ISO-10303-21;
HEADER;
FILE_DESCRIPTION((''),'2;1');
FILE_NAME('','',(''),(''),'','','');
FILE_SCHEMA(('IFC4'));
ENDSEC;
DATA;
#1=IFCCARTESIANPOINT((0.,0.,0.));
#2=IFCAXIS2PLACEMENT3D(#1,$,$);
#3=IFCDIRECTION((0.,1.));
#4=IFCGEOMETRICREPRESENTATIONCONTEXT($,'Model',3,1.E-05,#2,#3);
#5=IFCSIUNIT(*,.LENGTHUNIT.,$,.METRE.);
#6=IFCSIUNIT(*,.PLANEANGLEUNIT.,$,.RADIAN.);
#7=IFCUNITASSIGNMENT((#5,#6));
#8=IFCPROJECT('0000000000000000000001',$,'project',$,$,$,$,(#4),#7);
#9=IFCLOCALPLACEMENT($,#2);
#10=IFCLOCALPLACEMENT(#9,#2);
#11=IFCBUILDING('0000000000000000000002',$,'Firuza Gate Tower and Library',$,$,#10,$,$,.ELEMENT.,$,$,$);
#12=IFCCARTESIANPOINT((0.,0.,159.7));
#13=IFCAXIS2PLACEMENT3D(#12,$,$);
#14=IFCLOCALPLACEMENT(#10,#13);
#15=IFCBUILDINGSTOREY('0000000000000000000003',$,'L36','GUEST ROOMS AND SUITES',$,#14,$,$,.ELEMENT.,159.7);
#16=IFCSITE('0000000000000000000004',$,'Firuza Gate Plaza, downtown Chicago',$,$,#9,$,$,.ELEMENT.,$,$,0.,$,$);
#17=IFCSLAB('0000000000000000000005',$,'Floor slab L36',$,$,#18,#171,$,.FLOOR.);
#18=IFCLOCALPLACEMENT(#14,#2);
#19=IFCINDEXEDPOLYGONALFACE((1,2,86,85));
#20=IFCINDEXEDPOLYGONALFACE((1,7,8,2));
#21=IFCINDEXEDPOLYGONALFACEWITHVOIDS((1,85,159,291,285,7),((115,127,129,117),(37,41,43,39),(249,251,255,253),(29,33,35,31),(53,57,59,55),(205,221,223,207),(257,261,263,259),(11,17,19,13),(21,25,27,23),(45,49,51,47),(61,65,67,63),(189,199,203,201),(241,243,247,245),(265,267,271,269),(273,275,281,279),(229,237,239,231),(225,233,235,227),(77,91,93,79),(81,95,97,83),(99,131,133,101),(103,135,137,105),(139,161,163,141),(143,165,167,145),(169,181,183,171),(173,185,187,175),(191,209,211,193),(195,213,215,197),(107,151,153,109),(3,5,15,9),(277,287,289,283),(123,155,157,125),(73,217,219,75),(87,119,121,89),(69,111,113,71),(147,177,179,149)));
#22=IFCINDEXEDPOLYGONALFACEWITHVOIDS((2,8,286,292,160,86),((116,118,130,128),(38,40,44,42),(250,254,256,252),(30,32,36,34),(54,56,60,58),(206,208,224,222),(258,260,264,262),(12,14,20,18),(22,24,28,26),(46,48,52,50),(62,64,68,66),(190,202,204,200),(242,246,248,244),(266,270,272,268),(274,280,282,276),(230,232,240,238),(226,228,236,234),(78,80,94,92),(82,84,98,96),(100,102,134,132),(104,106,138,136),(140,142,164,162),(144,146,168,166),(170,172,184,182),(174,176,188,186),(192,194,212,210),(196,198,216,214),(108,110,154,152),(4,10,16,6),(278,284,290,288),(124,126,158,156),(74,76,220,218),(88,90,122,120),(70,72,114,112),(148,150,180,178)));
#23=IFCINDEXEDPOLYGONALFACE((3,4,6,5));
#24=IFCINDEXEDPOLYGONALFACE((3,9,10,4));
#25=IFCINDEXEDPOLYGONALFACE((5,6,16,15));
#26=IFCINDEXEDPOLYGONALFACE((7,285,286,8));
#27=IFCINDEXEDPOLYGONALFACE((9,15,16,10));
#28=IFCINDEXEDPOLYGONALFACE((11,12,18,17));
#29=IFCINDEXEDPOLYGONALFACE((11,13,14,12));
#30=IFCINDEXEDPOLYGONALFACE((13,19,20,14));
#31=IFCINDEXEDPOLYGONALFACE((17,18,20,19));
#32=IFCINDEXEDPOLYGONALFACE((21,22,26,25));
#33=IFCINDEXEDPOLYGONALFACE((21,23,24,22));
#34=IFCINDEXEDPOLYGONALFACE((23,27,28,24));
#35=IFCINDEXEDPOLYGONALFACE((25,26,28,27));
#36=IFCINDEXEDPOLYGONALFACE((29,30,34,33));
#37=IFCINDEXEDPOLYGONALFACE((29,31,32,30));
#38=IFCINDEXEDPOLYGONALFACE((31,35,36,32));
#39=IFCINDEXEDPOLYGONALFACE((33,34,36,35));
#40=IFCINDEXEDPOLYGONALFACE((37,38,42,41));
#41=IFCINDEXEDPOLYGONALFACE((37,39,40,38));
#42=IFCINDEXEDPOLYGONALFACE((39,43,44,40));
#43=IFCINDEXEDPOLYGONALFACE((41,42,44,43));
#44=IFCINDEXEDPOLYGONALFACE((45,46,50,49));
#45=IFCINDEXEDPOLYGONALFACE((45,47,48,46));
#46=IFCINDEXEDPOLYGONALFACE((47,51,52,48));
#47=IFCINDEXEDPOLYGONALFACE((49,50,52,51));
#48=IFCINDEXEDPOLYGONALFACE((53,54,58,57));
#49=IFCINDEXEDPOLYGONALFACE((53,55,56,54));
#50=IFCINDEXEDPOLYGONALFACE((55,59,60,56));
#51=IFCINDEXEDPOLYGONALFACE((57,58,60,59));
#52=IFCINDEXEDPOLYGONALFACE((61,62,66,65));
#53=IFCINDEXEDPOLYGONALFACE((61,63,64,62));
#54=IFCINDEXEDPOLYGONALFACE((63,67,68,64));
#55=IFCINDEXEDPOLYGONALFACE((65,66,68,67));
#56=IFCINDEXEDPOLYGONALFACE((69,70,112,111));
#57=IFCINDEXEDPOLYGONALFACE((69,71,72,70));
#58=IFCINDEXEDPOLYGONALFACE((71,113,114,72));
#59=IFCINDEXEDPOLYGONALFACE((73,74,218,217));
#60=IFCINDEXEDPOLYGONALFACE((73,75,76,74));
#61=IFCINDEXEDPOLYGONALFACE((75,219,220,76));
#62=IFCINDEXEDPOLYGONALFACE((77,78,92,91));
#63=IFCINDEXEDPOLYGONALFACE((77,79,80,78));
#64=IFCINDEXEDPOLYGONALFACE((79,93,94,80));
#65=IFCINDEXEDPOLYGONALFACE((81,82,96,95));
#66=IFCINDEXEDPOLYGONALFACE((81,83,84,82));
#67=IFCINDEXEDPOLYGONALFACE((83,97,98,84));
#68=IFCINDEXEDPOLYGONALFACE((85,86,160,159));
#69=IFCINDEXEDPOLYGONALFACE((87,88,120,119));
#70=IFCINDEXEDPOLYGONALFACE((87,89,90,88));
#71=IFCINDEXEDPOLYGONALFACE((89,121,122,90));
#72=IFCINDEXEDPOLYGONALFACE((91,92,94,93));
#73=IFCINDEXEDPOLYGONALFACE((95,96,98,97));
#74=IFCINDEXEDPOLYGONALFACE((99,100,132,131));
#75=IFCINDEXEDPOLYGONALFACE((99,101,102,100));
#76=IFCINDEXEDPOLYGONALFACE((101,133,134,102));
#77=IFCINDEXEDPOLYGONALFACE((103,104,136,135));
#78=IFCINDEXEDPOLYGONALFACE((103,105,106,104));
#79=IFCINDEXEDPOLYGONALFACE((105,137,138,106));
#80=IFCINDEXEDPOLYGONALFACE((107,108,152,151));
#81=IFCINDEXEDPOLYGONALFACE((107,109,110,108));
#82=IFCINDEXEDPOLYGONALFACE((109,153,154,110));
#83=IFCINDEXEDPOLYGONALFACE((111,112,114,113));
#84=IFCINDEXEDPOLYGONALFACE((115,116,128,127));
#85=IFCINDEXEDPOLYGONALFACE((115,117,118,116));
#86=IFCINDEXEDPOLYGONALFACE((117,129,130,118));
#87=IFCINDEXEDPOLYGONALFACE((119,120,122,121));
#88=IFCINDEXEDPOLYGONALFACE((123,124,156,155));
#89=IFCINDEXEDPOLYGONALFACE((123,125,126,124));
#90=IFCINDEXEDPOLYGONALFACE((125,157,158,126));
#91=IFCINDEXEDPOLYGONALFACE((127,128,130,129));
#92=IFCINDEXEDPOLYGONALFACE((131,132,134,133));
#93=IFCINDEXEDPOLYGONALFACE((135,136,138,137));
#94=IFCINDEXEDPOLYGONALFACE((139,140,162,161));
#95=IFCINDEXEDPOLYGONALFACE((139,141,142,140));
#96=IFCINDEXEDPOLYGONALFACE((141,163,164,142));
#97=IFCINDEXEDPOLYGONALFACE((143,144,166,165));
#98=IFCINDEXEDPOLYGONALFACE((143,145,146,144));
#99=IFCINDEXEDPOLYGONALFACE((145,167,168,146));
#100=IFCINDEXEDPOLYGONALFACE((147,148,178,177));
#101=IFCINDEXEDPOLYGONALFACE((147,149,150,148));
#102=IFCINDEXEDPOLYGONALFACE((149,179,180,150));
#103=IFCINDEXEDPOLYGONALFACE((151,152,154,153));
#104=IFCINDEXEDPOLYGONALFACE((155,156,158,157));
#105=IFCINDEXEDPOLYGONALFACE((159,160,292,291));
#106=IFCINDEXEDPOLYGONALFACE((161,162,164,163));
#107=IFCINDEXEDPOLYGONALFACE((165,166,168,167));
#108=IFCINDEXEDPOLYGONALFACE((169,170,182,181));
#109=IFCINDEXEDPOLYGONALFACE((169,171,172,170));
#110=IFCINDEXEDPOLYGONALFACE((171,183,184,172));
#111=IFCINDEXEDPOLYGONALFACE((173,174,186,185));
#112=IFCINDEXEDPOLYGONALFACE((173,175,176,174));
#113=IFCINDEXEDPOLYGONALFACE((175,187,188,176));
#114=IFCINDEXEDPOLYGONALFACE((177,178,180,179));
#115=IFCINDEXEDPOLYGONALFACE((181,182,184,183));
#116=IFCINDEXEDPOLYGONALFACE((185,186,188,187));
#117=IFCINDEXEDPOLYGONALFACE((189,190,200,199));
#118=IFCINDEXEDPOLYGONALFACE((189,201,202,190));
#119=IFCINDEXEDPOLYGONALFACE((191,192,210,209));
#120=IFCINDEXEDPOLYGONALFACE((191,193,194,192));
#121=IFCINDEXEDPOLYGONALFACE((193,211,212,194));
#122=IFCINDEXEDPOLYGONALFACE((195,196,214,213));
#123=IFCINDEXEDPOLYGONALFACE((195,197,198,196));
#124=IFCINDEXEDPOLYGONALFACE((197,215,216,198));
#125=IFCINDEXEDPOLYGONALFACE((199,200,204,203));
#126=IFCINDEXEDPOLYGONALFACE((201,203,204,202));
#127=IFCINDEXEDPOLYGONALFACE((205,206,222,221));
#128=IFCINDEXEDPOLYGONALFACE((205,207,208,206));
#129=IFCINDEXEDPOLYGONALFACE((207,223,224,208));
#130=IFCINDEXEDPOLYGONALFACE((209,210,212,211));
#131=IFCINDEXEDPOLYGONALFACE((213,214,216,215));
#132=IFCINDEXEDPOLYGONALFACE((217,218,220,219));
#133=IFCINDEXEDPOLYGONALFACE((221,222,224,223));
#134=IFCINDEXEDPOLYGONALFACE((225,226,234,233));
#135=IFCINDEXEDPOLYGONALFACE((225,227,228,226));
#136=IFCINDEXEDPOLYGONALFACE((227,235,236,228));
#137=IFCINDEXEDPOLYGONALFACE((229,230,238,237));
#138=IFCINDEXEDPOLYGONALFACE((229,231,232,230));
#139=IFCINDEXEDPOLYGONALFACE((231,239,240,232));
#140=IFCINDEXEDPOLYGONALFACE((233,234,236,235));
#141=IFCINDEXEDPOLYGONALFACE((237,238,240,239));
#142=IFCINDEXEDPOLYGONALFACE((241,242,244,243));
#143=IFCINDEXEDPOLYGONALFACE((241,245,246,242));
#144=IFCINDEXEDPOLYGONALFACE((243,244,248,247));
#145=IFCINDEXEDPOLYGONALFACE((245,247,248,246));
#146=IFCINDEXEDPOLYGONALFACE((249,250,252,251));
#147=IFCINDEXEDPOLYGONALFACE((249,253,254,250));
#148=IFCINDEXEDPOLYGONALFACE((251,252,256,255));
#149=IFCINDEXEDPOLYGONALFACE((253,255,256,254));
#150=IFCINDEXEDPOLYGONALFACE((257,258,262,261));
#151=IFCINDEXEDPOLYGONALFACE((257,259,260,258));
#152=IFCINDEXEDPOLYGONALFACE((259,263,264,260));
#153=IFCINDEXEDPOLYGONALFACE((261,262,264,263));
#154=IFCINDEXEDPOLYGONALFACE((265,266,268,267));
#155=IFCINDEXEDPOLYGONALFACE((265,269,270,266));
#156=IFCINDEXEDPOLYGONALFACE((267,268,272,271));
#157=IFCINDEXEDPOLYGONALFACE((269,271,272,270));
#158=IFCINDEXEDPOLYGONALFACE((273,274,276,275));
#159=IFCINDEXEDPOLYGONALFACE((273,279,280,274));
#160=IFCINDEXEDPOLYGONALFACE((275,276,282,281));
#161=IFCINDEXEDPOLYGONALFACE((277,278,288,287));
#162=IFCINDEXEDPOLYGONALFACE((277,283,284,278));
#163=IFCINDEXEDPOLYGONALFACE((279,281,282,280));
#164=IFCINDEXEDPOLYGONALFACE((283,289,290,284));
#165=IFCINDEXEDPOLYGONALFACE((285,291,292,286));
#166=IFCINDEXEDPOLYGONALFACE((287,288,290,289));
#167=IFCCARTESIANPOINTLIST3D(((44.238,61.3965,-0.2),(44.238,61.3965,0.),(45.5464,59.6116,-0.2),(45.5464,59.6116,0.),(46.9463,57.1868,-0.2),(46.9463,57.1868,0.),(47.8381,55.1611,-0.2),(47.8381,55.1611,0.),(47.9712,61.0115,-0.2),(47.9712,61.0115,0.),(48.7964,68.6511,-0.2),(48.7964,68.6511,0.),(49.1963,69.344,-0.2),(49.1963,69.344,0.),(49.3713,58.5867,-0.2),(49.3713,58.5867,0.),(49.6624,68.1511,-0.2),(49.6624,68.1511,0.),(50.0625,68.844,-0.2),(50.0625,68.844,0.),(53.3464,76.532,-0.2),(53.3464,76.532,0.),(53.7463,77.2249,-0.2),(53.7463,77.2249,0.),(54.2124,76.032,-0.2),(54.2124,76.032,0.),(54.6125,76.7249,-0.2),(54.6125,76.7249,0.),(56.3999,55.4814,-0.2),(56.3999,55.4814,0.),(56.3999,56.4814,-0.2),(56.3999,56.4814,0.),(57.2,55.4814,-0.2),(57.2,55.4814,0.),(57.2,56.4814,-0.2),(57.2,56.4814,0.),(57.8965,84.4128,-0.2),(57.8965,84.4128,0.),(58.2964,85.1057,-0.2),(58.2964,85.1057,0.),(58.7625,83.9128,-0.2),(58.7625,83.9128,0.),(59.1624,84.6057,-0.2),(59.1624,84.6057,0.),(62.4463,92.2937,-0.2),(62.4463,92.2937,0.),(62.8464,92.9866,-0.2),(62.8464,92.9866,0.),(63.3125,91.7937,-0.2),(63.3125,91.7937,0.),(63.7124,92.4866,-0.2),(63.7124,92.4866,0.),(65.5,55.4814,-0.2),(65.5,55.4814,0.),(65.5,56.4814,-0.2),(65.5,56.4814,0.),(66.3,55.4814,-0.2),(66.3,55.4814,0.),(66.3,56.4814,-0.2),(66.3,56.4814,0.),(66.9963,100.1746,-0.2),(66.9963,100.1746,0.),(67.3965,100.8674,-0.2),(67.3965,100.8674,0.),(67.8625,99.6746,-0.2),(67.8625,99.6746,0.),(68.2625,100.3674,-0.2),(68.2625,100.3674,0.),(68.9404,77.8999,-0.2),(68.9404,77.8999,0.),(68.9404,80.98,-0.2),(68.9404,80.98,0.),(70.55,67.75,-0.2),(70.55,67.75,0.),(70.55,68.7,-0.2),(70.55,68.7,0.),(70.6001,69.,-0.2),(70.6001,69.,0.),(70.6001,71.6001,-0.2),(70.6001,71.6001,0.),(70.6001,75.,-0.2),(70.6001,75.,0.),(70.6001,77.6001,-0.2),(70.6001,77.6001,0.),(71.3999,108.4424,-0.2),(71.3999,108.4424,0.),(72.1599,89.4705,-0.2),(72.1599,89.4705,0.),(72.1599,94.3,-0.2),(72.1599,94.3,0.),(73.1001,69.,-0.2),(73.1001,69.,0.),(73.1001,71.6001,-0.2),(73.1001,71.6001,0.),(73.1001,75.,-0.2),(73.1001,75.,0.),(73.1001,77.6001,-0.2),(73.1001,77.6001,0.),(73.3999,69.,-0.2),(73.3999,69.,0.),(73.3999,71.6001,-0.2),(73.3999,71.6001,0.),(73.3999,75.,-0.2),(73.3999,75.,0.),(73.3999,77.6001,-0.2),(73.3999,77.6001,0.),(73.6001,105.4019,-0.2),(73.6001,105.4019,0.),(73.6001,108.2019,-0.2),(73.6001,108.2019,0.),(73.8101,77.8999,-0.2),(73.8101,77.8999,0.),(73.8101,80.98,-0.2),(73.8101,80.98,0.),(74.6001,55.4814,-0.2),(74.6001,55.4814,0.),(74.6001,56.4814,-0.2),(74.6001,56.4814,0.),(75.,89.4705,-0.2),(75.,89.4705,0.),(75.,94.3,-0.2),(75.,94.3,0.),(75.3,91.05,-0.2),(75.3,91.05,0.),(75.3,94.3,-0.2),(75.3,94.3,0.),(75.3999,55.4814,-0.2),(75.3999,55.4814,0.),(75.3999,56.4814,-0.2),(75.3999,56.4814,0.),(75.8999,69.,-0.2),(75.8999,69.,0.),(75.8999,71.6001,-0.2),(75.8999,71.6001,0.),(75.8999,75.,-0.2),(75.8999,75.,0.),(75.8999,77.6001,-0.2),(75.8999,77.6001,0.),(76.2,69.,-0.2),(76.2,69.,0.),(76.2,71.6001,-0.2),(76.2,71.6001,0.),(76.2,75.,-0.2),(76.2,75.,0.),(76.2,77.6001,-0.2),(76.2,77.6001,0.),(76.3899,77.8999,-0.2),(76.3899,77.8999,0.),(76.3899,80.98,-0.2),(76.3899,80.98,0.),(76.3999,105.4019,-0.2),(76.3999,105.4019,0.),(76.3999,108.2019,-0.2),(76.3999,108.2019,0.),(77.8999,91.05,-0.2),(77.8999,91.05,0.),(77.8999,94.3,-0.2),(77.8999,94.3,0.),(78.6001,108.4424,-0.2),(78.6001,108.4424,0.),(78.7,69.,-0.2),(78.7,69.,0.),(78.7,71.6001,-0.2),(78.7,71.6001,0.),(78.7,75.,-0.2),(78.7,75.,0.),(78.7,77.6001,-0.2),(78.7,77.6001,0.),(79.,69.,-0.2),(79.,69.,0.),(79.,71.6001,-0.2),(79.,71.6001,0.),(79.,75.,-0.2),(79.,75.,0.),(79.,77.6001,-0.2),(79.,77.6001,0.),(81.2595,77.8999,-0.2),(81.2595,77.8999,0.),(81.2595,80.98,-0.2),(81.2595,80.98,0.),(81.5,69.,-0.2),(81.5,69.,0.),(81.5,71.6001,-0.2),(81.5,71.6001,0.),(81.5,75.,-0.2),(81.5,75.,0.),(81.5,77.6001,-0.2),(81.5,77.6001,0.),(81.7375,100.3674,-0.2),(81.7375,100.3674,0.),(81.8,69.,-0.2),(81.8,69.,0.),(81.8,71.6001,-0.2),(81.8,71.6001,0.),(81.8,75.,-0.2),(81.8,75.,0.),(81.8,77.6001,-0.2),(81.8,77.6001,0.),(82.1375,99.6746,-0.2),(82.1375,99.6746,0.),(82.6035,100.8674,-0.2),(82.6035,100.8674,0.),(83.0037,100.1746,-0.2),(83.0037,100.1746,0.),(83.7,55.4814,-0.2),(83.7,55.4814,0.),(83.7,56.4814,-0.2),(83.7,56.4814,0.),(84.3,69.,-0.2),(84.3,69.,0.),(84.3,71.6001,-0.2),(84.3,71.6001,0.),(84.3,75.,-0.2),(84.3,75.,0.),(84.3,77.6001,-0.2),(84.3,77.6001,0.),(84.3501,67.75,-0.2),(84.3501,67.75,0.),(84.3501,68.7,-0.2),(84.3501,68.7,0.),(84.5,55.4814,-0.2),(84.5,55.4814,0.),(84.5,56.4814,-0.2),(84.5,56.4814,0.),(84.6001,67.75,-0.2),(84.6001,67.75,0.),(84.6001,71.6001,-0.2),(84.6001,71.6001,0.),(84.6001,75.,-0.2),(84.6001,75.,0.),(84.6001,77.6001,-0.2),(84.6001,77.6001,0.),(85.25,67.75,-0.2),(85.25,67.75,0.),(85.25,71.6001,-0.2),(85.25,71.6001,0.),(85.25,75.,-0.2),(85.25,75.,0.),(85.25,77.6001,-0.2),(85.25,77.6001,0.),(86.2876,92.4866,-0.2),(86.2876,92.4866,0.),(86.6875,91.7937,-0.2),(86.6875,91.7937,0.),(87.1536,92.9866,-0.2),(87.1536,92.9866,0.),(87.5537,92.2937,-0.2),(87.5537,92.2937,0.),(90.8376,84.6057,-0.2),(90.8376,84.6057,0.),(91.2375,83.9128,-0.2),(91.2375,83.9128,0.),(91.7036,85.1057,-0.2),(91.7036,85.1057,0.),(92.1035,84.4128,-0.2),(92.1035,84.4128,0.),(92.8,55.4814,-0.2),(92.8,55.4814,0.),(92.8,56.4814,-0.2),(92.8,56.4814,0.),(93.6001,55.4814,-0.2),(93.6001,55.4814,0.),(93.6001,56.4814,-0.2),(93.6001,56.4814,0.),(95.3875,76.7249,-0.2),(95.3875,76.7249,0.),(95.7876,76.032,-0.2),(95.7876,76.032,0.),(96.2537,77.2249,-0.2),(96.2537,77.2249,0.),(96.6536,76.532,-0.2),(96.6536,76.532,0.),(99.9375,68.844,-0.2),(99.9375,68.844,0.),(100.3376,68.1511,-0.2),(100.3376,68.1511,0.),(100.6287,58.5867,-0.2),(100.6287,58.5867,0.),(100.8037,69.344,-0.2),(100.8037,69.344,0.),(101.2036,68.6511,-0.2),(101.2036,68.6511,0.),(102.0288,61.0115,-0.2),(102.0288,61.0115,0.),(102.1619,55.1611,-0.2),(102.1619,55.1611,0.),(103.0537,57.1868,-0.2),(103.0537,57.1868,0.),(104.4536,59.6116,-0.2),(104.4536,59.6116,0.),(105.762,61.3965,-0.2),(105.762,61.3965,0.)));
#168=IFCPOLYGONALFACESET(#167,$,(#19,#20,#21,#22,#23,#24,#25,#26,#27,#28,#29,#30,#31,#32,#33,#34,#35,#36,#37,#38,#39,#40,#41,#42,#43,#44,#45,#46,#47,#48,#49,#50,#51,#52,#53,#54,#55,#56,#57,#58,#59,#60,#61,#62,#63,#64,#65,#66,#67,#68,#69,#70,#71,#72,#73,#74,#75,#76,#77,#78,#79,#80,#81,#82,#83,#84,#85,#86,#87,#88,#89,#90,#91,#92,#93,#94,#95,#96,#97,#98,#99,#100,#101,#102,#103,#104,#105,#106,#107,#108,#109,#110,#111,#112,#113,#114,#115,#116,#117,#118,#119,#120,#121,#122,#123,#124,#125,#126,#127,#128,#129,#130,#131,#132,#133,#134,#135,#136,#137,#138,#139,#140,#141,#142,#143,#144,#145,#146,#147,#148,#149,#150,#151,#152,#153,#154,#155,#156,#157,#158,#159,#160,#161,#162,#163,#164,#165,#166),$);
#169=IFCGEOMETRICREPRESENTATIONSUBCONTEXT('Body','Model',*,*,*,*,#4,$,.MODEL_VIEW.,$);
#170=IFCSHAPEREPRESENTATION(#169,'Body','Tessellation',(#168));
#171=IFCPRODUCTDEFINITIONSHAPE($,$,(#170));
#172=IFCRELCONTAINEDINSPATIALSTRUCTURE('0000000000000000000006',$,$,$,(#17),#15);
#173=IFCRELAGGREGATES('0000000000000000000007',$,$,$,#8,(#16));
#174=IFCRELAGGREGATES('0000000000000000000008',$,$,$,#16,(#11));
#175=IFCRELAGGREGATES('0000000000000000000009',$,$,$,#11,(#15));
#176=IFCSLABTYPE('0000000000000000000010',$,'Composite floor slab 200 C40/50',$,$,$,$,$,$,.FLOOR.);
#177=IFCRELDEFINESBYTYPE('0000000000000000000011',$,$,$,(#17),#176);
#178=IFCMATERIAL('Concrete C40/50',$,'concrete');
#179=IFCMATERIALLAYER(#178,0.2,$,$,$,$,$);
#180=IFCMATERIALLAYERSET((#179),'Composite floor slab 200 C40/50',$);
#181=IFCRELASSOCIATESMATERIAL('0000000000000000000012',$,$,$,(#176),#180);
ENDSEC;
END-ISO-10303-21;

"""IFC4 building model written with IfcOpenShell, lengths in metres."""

from ifc_helpers import new_model, si_unit, direction, frame, origin, place, context, subcontext, project, spatial, polyline, outline, extrude, material, layer, layer_set, type_object, element, save


model = new_model("IFC4")

# Units and contexts
model_context = context("Model", 3, precision=1e-05, world=origin(), true_north=direction((0.0, 1.0)))
body_context = subcontext(model_context, "Body", "Model", "MODEL_VIEW")
ifc_project = project(units=[si_unit("LENGTHUNIT", "METRE"), si_unit("PLANEANGLEUNIT", "RADIAN")], contexts=[model_context])

# Site, building, storey
site_placement = place(None, origin())
site = spatial("IfcSite", under=ifc_project, at=site_placement, Name="Firuza Gate Plaza, downtown Chicago", CompositionType="ELEMENT", RefElevation=0.0)
building_placement = place(site_placement, origin())
building = spatial("IfcBuilding", under=site, at=building_placement, Name="Firuza Gate Tower and Library", CompositionType="ELEMENT")
storey_placement = place(building_placement, frame((0.0, 0.0, 159.7)))
storey = spatial("IfcBuildingStorey", under=building, at=storey_placement, Name="L36", Description="GUEST ROOMS AND SUITES", CompositionType="ELEMENT", Elevation=159.7)

# Slab
ifc_material_1 = material(Name="Concrete C40/50", Category="concrete")
ifc_layer_1 = layer(ifc_material_1, 0.2)
ifc_layer_set_1 = layer_set([ifc_layer_1], Name="Composite floor slab 200 C40/50")
slab_type_1 = type_object("IfcSlabType", Name="Composite floor slab 200 C40/50", PredefinedType="FLOOR", material=ifc_layer_set_1)
placement_1 = place(storey_placement, frame((0.0, 0.0, -0.2)))
element("IfcSlab", 1, at=placement_1, inside=storey, type_object=slab_type_1, Name="Floor slab L36", PredefinedType="FLOOR", context=body_context, shape_type="SweptSolid", body=[
    extrude(outline(polyline([(44.238, 61.3965), (47.8381, 55.1611), (102.1619, 55.1611), (105.762, 61.3965), (78.6001, 108.4424), (71.3999, 108.4424), (44.238, 61.3965)]), holes=[polyline([(56.3999, 55.4814), (56.3999, 56.4814), (57.2, 56.4814), (57.2, 55.4814), (56.3999, 55.4814)]), polyline([(74.6001, 55.4814), (74.6001, 56.4814), (75.3999, 56.4814), (75.3999, 55.4814), (74.6001, 55.4814)]), polyline([(65.5, 55.4814), (65.5, 56.4814), (66.3, 56.4814), (66.3, 55.4814), (65.5, 55.4814)]), polyline([(45.5464, 59.6116), (47.9712, 61.0115), (49.3713, 58.5867), (46.9463, 57.1868), (45.5464, 59.6116)]), polyline([(84.3501, 67.75), (70.55, 67.75), (70.55, 68.7), (84.3501, 68.7), (84.3501, 67.75)]), polyline([(49.1963, 69.344), (50.0625, 68.844), (49.6624, 68.1511), (48.7964, 68.6511), (49.1963, 69.344)]), polyline([(73.1001, 69.0), (70.6001, 69.0), (70.6001, 71.6001), (73.1001, 71.6001), (73.1001, 69.0)]), polyline([(75.8999, 69.0), (73.3999, 69.0), (73.3999, 71.6001), (75.8999, 71.6001), (75.8999, 69.0)]), polyline([(73.1001, 75.0), (70.6001, 75.0), (70.6001, 77.6001), (73.1001, 77.6001), (73.1001, 75.0)]), polyline([(75.8999, 75.0), (73.3999, 75.0), (73.3999, 77.6001), (75.8999, 77.6001), (75.8999, 75.0)]), polyline([(53.7463, 77.2249), (54.6125, 76.7249), (54.2124, 76.032), (53.3464, 76.532), (53.7463, 77.2249)]), polyline([(73.8101, 77.8999), (68.9404, 77.8999), (68.9404, 80.98), (73.8101, 80.98), (73.8101, 77.8999)]), polyline([(58.2964, 85.1057), (59.1624, 84.6057), (58.7625, 83.9128), (57.8965, 84.4128), (58.2964, 85.1057)]), polyline([(72.1599, 89.4705), (72.1599, 94.3), (75.0, 94.3), (75.0, 89.4705), (72.1599, 89.4705)]), polyline([(62.8464, 92.9866), (63.7124, 92.4866), (63.3125, 91.7937), (62.4463, 92.2937), (62.8464, 92.9866)]), polyline([(75.3, 91.05), (75.3, 94.3), (77.8999, 94.3), (77.8999, 91.05), (75.3, 91.05)]), polyline([(68.2625, 100.3674), (67.8625, 99.6746), (66.9963, 100.1746), (67.3965, 100.8674), (68.2625, 100.3674)]), polyline([(76.3999, 108.2019), (76.3999, 105.4019), (73.6001, 105.4019), (73.6001, 108.2019), (76.3999, 108.2019)]), polyline([(92.8, 55.4814), (92.8, 56.4814), (93.6001, 56.4814), (93.6001, 55.4814), (92.8, 55.4814)]), polyline([(83.7, 55.4814), (83.7, 56.4814), (84.5, 56.4814), (84.5, 55.4814), (83.7, 55.4814)]), polyline([(103.0537, 57.1868), (100.6287, 58.5867), (102.0288, 61.0115), (104.4536, 59.6116), (103.0537, 57.1868)]), polyline([(101.2036, 68.6511), (100.3376, 68.1511), (99.9375, 68.844), (100.8037, 69.344), (101.2036, 68.6511)]), polyline([(85.25, 67.75), (84.6001, 67.75), (84.6001, 71.6001), (85.25, 71.6001), (85.25, 67.75)]), polyline([(81.5, 69.0), (79.0, 69.0), (79.0, 71.6001), (81.5, 71.6001), (81.5, 69.0)]), polyline([(81.8, 69.0), (81.8, 71.6001), (84.3, 71.6001), (84.3, 69.0), (81.8, 69.0)]), polyline([(76.2, 69.0), (76.2, 71.6001), (78.7, 71.6001), (78.7, 69.0), (76.2, 69.0)]), polyline([(81.5, 75.0), (79.0, 75.0), (79.0, 77.6001), (81.5, 77.6001), (81.5, 75.0)]), polyline([(84.3, 75.0), (81.8, 75.0), (81.8, 77.6001), (84.3, 77.6001), (84.3, 75.0)]), polyline([(85.25, 75.0), (84.6001, 75.0), (84.6001, 77.6001), (85.25, 77.6001), (85.25, 75.0)]), polyline([(78.7, 75.0), (76.2, 75.0), (76.2, 77.6001), (78.7, 77.6001), (78.7, 75.0)]), polyline([(96.6536, 76.532), (95.7876, 76.032), (95.3875, 76.7249), (96.2537, 77.2249), (96.6536, 76.532)]), polyline([(81.2595, 77.8999), (76.3899, 77.8999), (76.3899, 80.98), (81.2595, 80.98), (81.2595, 77.8999)]), polyline([(92.1035, 84.4128), (91.2375, 83.9128), (90.8376, 84.6057), (91.7036, 85.1057), (92.1035, 84.4128)]), polyline([(86.6875, 91.7937), (86.2876, 92.4866), (87.1536, 92.9866), (87.5537, 92.2937), (86.6875, 91.7937)]), polyline([(82.1375, 99.6746), (81.7375, 100.3674), (82.6035, 100.8674), (83.0037, 100.1746), (82.1375, 99.6746)])]), origin(), (0.0, 0.0, 1.0), 0.2),
])

save(model, "model.ifc")
